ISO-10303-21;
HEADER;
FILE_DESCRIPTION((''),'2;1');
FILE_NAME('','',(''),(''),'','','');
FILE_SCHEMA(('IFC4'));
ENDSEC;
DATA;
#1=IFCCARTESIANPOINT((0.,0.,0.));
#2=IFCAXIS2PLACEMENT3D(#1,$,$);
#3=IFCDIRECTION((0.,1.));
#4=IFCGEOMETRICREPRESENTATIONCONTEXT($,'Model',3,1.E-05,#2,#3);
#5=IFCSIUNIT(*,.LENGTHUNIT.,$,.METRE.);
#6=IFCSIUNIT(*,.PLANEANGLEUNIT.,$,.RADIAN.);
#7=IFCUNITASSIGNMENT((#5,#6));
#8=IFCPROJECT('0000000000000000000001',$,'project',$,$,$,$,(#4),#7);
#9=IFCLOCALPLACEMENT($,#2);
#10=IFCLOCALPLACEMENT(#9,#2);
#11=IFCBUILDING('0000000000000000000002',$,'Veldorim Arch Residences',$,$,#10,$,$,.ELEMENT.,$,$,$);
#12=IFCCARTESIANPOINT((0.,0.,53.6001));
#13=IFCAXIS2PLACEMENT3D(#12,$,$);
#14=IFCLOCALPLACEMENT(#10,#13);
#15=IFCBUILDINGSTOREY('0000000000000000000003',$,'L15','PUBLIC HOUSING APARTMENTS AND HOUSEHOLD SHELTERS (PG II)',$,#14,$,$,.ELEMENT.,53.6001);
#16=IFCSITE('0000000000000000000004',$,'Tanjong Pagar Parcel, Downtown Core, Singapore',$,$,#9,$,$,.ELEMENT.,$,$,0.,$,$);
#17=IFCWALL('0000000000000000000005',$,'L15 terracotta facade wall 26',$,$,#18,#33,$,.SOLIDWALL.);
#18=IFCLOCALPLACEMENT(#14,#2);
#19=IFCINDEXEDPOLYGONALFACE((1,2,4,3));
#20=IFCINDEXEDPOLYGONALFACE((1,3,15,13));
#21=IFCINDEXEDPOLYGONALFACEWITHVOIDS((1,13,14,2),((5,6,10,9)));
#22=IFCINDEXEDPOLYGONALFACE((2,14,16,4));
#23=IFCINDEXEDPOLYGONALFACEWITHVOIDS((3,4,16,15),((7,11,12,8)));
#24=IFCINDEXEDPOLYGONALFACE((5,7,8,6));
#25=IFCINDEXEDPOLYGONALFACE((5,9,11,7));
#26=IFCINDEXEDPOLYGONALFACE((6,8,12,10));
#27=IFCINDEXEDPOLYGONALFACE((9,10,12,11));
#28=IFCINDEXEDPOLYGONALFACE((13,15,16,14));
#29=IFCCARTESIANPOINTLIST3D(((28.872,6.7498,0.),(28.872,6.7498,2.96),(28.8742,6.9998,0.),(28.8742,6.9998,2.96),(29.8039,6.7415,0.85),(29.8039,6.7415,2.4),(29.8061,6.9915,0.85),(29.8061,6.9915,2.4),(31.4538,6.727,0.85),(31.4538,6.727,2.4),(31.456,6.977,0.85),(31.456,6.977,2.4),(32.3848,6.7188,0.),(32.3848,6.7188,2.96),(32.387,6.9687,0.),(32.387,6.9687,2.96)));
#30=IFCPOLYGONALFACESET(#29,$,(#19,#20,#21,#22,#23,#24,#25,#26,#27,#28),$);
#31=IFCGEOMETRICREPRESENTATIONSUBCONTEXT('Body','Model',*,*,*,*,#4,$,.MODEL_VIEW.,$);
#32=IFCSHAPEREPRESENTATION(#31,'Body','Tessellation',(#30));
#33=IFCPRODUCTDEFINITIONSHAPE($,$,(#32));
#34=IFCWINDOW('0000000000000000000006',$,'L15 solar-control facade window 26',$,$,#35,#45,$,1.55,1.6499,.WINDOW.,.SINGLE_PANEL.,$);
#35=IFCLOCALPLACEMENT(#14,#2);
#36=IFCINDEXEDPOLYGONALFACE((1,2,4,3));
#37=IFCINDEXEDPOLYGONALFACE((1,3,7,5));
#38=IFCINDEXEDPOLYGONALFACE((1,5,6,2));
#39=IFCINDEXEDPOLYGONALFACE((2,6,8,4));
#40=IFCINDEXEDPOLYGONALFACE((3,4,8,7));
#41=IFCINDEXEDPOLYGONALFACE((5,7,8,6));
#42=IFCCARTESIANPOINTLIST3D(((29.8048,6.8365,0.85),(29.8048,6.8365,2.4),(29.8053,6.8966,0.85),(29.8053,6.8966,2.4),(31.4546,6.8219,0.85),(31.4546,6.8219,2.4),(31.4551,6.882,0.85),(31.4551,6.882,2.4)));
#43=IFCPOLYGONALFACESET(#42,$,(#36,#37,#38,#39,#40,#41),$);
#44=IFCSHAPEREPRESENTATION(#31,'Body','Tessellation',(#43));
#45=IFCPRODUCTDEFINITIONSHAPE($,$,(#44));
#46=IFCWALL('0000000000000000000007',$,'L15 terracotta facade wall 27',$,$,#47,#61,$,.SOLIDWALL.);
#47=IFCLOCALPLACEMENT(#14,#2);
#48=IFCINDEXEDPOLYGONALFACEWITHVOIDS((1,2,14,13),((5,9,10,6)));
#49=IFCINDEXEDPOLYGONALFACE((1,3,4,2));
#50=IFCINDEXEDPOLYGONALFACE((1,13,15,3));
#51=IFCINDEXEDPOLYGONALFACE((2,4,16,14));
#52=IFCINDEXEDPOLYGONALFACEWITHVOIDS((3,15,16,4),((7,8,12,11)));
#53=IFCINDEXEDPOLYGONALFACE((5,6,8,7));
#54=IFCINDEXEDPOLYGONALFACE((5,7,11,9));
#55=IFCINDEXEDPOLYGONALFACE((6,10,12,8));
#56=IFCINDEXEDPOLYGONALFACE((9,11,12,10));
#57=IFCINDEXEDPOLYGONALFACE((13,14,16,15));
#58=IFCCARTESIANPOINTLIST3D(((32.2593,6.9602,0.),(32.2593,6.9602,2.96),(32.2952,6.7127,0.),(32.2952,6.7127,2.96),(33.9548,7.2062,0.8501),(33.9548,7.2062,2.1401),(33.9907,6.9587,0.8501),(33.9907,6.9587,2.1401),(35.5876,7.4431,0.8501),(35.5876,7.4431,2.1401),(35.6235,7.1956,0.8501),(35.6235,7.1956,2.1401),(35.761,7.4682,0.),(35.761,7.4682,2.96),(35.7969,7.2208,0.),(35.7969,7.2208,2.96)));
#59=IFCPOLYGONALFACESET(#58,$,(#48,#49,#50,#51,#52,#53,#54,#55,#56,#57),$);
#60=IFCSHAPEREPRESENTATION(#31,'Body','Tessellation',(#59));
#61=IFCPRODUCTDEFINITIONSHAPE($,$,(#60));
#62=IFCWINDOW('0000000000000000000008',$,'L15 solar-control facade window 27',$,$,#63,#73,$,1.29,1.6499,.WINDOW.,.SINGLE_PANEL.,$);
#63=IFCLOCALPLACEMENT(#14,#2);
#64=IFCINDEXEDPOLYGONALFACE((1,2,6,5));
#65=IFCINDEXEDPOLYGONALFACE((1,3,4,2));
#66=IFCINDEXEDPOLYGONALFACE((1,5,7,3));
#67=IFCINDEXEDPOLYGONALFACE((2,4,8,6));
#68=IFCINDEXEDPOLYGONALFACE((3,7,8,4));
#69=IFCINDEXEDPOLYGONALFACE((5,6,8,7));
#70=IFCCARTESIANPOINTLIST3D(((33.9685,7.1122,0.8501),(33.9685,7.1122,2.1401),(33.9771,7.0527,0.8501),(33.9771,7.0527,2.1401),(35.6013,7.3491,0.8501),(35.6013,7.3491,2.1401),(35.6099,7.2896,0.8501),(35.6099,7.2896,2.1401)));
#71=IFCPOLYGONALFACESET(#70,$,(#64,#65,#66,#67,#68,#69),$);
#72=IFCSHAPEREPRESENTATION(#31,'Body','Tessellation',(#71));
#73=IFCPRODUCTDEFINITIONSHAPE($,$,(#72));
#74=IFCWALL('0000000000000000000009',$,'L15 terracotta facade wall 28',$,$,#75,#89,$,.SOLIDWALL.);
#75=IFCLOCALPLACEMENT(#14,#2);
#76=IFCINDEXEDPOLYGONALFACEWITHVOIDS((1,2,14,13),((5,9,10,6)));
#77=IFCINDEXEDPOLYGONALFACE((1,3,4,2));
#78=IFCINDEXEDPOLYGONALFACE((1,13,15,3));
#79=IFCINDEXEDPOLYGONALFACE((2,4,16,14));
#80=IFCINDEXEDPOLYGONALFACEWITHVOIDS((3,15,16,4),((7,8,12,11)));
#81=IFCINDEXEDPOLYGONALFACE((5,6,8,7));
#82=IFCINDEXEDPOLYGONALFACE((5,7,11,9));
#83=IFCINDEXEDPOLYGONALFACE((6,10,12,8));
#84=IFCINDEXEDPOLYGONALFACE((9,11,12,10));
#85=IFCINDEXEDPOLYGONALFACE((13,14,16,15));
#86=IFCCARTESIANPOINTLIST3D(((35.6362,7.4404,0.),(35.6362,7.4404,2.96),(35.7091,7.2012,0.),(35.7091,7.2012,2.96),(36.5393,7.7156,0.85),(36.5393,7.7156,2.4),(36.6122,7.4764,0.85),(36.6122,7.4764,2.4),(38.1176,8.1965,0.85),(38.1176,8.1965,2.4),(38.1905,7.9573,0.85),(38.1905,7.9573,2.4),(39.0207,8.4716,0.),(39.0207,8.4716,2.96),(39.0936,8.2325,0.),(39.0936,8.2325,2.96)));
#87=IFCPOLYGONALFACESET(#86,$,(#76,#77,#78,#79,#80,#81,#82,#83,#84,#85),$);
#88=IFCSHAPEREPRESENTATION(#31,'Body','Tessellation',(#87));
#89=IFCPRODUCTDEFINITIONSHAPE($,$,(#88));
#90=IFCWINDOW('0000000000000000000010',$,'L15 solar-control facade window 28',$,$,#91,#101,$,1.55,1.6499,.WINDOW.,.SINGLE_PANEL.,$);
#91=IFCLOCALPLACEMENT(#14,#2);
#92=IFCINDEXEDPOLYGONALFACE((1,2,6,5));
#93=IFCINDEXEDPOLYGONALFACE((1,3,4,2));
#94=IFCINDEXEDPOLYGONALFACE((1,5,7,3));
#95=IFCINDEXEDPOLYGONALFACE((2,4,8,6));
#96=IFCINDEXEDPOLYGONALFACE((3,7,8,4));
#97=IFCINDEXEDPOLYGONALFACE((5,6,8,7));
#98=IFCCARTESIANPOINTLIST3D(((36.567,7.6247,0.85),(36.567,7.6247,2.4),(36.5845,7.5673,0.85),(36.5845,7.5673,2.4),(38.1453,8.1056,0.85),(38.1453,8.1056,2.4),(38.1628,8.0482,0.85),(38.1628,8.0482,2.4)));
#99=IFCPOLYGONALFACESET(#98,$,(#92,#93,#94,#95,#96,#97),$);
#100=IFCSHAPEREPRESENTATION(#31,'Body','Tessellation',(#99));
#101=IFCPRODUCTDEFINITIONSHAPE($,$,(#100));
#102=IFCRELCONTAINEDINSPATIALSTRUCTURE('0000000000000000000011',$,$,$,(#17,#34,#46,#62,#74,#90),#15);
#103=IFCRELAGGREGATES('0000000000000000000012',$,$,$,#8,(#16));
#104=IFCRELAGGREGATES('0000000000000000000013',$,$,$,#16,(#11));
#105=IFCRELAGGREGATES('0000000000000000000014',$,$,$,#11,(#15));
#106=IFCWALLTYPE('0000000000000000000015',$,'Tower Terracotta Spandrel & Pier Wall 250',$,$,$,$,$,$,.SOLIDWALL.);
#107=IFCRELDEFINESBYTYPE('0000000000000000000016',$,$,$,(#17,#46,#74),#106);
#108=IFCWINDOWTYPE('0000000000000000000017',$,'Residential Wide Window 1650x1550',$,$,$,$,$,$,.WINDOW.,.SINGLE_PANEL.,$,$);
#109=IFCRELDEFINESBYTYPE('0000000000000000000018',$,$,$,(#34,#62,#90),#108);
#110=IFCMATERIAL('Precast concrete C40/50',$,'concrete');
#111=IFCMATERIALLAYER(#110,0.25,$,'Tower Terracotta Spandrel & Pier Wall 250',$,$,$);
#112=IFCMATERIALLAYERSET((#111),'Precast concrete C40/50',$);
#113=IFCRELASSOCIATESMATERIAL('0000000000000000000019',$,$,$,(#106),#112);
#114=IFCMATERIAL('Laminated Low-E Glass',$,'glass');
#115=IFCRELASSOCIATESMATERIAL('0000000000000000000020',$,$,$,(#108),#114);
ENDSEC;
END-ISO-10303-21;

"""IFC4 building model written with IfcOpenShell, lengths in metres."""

from ifc_helpers import new_model, si_unit, direction, frame, frame_2d, origin, place, context, subcontext, project, spatial, rectangle, extrude, material, layer, layer_set, type_object, element, fill, save


model = new_model("IFC4")

# Units and contexts
model_context = context("Model", 3, precision=1e-05, world=origin(), true_north=direction((0.0, 1.0)))
body_context = subcontext(model_context, "Body", "Model", "MODEL_VIEW")
ifc_project = project(units=[si_unit("LENGTHUNIT", "METRE"), si_unit("PLANEANGLEUNIT", "RADIAN")], contexts=[model_context])

# Site, building, storey
site_placement = place(None, origin())
site = spatial("IfcSite", under=ifc_project, at=site_placement, Name="Tanjong Pagar Parcel, Downtown Core, Singapore", CompositionType="ELEMENT", RefElevation=0.0)
building_placement = place(site_placement, origin())
building = spatial("IfcBuilding", under=site, at=building_placement, Name="Veldorim Arch Residences", CompositionType="ELEMENT")
storey_placement = place(building_placement, frame((0.0, 0.0, 53.6001)))
storey = spatial("IfcBuildingStorey", under=building, at=storey_placement, Name="L15", Description="PUBLIC HOUSING APARTMENTS AND HOUSEHOLD SHELTERS (PG II)", CompositionType="ELEMENT", Elevation=53.6001)

# Walls, openings, windows
ifc_material_1 = material(Name="Precast concrete C40/50", Category="concrete")
ifc_layer_1 = layer(ifc_material_1, 0.25, Name="Tower Terracotta Spandrel & Pier Wall 250")
ifc_layer_set_1 = layer_set([ifc_layer_1], Name="Precast concrete C40/50")
wall_type_1 = type_object("IfcWallType", Name="Tower Terracotta Spandrel & Pier Wall 250", PredefinedType="SOLIDWALL", material=ifc_layer_set_1)
wall_1_placement = place(storey_placement, frame((32.3857, 6.8438, 0.0), z_axis=(0.0, 0.0, 1.0), x_axis=(-0.999961, 0.008826, 0.0)))
wall_1 = element("IfcWall", 1, at=wall_1_placement, inside=storey, type_object=wall_type_1, Name="L15 terracotta facade wall 26", PredefinedType="SOLIDWALL", context=body_context, shape_type="SweptSolid", body=[
    extrude(rectangle(XDim=3.5129, YDim=0.25, at=frame_2d((1.7563, 0.0))), origin(), (0.0, 0.0, 1.0), 2.96),
])
opening_1_placement = place(wall_1_placement, frame((0.9309, 0.0, 0.8501)))
opening_1 = element("IfcOpeningElement", 2, at=opening_1_placement, cuts=wall_1, PredefinedType="OPENING", context=body_context, shape_type="SweptSolid", body=[
    extrude(rectangle(XDim=1.6499, YDim=1.55, at=frame_2d((0.825, 0.7749))), frame((0.0, 0.135, 0.0), z_axis=(0.0, -1.0, 0.0), x_axis=(1.0, 0.0, 0.0)), (0.0, 0.0, 1.0), 0.27),
])
ifc_material_2 = material(Name="Laminated Low-E Glass", Category="glass")
window_type = type_object("IfcWindowType", Name="Residential Wide Window 1650x1550", PartitioningType="SINGLE_PANEL", PredefinedType="WINDOW", material=ifc_material_2)
window_1_placement = place(opening_1_placement, origin())
window_1 = element("IfcWindow", 3, at=window_1_placement, inside=storey, type_object=window_type, Name="L15 solar-control facade window 26", OverallHeight=1.55, OverallWidth=1.6499, PartitioningType="SINGLE_PANEL", PredefinedType="WINDOW", context=body_context, shape_type="SweptSolid", body=[
    extrude(rectangle(XDim=1.6499, YDim=1.55, at=frame_2d((0.825, 0.7749))), frame((0.0, 0.03, 0.0), z_axis=(0.0, -1.0, 0.0), x_axis=(1.0, 0.0, 0.0)), (0.0, 0.0, 1.0), 0.0601),
])
fill(opening_1, window_1)
wall_2_placement = place(storey_placement, frame((35.7788, 7.3445, 0.0), z_axis=(0.0, 0.0, 1.0), x_axis=(-0.989638, -0.143585, 0.0)))
wall_2 = element("IfcWall", 4, at=wall_2_placement, inside=storey, type_object=wall_type_1, Name="L15 terracotta facade wall 27", PredefinedType="SOLIDWALL", context=body_context, shape_type="SweptSolid", body=[
    extrude(rectangle(XDim=3.5383, YDim=0.25, at=frame_2d((1.769, 0.0))), origin(), (0.0, 0.0, 1.0), 2.96),
])
opening_2_placement = place(wall_2_placement, frame((0.175, 0.0, 0.8501)))
opening_2 = element("IfcOpeningElement", 5, at=opening_2_placement, cuts=wall_2, PredefinedType="OPENING", context=body_context, shape_type="SweptSolid", body=[
    extrude(rectangle(XDim=1.6499, YDim=1.29, at=frame_2d((0.825, 0.645))), frame((0.0, 0.135, 0.0), z_axis=(0.0, -1.0, 0.0), x_axis=(1.0, 0.0, 0.0)), (0.0, 0.0, 1.0), 0.27),
])
window_2_placement = place(opening_2_placement, origin())
window_2 = element("IfcWindow", 6, at=window_2_placement, inside=storey, type_object=window_type, Name="L15 solar-control facade window 27", OverallHeight=1.29, OverallWidth=1.6499, PartitioningType="SINGLE_PANEL", PredefinedType="WINDOW", context=body_context, shape_type="SweptSolid", body=[
    extrude(rectangle(XDim=1.6499, YDim=1.29, at=frame_2d((0.825, 0.645))), frame((0.0, 0.03, 0.0), z_axis=(0.0, -1.0, 0.0), x_axis=(1.0, 0.0, 0.0)), (0.0, 0.0, 1.0), 0.0601),
])
fill(opening_2, window_2)
wall_3_placement = place(storey_placement, frame((39.0571, 8.3521, 0.0), z_axis=(0.0, 0.0, 1.0), x_axis=(-0.956581, -0.291466, 0.0)))
wall_3 = element("IfcWall", 7, at=wall_3_placement, inside=storey, type_object=wall_type_1, Name="L15 terracotta facade wall 28", PredefinedType="SOLIDWALL", context=body_context, shape_type="SweptSolid", body=[
    extrude(rectangle(XDim=3.5381, YDim=0.25, at=frame_2d((1.769, 0.0))), origin(), (0.0, 0.0, 1.0), 2.96),
])
opening_3_placement = place(wall_3_placement, frame((0.9441, 0.0, 0.8501)))
opening_3 = element("IfcOpeningElement", 8, at=opening_3_placement, cuts=wall_3, PredefinedType="OPENING", context=body_context, shape_type="SweptSolid", body=[
    extrude(rectangle(XDim=1.6499, YDim=1.55, at=frame_2d((0.825, 0.7749))), frame((0.0, 0.135, 0.0), z_axis=(0.0, -1.0, 0.0), x_axis=(1.0, 0.0, 0.0)), (0.0, 0.0, 1.0), 0.27),
])
window_3_placement = place(opening_3_placement, origin())
window_3 = element("IfcWindow", 9, at=window_3_placement, inside=storey, type_object=window_type, Name="L15 solar-control facade window 28", OverallHeight=1.55, OverallWidth=1.6499, PartitioningType="SINGLE_PANEL", PredefinedType="WINDOW", context=body_context, shape_type="SweptSolid", body=[
    extrude(rectangle(XDim=1.6499, YDim=1.55, at=frame_2d((0.825, 0.7749))), frame((0.0, 0.03, 0.0), z_axis=(0.0, -1.0, 0.0), x_axis=(1.0, 0.0, 0.0)), (0.0, 0.0, 1.0), 0.0601),
])
fill(opening_3, window_3)

save(model, "model.ifc")
